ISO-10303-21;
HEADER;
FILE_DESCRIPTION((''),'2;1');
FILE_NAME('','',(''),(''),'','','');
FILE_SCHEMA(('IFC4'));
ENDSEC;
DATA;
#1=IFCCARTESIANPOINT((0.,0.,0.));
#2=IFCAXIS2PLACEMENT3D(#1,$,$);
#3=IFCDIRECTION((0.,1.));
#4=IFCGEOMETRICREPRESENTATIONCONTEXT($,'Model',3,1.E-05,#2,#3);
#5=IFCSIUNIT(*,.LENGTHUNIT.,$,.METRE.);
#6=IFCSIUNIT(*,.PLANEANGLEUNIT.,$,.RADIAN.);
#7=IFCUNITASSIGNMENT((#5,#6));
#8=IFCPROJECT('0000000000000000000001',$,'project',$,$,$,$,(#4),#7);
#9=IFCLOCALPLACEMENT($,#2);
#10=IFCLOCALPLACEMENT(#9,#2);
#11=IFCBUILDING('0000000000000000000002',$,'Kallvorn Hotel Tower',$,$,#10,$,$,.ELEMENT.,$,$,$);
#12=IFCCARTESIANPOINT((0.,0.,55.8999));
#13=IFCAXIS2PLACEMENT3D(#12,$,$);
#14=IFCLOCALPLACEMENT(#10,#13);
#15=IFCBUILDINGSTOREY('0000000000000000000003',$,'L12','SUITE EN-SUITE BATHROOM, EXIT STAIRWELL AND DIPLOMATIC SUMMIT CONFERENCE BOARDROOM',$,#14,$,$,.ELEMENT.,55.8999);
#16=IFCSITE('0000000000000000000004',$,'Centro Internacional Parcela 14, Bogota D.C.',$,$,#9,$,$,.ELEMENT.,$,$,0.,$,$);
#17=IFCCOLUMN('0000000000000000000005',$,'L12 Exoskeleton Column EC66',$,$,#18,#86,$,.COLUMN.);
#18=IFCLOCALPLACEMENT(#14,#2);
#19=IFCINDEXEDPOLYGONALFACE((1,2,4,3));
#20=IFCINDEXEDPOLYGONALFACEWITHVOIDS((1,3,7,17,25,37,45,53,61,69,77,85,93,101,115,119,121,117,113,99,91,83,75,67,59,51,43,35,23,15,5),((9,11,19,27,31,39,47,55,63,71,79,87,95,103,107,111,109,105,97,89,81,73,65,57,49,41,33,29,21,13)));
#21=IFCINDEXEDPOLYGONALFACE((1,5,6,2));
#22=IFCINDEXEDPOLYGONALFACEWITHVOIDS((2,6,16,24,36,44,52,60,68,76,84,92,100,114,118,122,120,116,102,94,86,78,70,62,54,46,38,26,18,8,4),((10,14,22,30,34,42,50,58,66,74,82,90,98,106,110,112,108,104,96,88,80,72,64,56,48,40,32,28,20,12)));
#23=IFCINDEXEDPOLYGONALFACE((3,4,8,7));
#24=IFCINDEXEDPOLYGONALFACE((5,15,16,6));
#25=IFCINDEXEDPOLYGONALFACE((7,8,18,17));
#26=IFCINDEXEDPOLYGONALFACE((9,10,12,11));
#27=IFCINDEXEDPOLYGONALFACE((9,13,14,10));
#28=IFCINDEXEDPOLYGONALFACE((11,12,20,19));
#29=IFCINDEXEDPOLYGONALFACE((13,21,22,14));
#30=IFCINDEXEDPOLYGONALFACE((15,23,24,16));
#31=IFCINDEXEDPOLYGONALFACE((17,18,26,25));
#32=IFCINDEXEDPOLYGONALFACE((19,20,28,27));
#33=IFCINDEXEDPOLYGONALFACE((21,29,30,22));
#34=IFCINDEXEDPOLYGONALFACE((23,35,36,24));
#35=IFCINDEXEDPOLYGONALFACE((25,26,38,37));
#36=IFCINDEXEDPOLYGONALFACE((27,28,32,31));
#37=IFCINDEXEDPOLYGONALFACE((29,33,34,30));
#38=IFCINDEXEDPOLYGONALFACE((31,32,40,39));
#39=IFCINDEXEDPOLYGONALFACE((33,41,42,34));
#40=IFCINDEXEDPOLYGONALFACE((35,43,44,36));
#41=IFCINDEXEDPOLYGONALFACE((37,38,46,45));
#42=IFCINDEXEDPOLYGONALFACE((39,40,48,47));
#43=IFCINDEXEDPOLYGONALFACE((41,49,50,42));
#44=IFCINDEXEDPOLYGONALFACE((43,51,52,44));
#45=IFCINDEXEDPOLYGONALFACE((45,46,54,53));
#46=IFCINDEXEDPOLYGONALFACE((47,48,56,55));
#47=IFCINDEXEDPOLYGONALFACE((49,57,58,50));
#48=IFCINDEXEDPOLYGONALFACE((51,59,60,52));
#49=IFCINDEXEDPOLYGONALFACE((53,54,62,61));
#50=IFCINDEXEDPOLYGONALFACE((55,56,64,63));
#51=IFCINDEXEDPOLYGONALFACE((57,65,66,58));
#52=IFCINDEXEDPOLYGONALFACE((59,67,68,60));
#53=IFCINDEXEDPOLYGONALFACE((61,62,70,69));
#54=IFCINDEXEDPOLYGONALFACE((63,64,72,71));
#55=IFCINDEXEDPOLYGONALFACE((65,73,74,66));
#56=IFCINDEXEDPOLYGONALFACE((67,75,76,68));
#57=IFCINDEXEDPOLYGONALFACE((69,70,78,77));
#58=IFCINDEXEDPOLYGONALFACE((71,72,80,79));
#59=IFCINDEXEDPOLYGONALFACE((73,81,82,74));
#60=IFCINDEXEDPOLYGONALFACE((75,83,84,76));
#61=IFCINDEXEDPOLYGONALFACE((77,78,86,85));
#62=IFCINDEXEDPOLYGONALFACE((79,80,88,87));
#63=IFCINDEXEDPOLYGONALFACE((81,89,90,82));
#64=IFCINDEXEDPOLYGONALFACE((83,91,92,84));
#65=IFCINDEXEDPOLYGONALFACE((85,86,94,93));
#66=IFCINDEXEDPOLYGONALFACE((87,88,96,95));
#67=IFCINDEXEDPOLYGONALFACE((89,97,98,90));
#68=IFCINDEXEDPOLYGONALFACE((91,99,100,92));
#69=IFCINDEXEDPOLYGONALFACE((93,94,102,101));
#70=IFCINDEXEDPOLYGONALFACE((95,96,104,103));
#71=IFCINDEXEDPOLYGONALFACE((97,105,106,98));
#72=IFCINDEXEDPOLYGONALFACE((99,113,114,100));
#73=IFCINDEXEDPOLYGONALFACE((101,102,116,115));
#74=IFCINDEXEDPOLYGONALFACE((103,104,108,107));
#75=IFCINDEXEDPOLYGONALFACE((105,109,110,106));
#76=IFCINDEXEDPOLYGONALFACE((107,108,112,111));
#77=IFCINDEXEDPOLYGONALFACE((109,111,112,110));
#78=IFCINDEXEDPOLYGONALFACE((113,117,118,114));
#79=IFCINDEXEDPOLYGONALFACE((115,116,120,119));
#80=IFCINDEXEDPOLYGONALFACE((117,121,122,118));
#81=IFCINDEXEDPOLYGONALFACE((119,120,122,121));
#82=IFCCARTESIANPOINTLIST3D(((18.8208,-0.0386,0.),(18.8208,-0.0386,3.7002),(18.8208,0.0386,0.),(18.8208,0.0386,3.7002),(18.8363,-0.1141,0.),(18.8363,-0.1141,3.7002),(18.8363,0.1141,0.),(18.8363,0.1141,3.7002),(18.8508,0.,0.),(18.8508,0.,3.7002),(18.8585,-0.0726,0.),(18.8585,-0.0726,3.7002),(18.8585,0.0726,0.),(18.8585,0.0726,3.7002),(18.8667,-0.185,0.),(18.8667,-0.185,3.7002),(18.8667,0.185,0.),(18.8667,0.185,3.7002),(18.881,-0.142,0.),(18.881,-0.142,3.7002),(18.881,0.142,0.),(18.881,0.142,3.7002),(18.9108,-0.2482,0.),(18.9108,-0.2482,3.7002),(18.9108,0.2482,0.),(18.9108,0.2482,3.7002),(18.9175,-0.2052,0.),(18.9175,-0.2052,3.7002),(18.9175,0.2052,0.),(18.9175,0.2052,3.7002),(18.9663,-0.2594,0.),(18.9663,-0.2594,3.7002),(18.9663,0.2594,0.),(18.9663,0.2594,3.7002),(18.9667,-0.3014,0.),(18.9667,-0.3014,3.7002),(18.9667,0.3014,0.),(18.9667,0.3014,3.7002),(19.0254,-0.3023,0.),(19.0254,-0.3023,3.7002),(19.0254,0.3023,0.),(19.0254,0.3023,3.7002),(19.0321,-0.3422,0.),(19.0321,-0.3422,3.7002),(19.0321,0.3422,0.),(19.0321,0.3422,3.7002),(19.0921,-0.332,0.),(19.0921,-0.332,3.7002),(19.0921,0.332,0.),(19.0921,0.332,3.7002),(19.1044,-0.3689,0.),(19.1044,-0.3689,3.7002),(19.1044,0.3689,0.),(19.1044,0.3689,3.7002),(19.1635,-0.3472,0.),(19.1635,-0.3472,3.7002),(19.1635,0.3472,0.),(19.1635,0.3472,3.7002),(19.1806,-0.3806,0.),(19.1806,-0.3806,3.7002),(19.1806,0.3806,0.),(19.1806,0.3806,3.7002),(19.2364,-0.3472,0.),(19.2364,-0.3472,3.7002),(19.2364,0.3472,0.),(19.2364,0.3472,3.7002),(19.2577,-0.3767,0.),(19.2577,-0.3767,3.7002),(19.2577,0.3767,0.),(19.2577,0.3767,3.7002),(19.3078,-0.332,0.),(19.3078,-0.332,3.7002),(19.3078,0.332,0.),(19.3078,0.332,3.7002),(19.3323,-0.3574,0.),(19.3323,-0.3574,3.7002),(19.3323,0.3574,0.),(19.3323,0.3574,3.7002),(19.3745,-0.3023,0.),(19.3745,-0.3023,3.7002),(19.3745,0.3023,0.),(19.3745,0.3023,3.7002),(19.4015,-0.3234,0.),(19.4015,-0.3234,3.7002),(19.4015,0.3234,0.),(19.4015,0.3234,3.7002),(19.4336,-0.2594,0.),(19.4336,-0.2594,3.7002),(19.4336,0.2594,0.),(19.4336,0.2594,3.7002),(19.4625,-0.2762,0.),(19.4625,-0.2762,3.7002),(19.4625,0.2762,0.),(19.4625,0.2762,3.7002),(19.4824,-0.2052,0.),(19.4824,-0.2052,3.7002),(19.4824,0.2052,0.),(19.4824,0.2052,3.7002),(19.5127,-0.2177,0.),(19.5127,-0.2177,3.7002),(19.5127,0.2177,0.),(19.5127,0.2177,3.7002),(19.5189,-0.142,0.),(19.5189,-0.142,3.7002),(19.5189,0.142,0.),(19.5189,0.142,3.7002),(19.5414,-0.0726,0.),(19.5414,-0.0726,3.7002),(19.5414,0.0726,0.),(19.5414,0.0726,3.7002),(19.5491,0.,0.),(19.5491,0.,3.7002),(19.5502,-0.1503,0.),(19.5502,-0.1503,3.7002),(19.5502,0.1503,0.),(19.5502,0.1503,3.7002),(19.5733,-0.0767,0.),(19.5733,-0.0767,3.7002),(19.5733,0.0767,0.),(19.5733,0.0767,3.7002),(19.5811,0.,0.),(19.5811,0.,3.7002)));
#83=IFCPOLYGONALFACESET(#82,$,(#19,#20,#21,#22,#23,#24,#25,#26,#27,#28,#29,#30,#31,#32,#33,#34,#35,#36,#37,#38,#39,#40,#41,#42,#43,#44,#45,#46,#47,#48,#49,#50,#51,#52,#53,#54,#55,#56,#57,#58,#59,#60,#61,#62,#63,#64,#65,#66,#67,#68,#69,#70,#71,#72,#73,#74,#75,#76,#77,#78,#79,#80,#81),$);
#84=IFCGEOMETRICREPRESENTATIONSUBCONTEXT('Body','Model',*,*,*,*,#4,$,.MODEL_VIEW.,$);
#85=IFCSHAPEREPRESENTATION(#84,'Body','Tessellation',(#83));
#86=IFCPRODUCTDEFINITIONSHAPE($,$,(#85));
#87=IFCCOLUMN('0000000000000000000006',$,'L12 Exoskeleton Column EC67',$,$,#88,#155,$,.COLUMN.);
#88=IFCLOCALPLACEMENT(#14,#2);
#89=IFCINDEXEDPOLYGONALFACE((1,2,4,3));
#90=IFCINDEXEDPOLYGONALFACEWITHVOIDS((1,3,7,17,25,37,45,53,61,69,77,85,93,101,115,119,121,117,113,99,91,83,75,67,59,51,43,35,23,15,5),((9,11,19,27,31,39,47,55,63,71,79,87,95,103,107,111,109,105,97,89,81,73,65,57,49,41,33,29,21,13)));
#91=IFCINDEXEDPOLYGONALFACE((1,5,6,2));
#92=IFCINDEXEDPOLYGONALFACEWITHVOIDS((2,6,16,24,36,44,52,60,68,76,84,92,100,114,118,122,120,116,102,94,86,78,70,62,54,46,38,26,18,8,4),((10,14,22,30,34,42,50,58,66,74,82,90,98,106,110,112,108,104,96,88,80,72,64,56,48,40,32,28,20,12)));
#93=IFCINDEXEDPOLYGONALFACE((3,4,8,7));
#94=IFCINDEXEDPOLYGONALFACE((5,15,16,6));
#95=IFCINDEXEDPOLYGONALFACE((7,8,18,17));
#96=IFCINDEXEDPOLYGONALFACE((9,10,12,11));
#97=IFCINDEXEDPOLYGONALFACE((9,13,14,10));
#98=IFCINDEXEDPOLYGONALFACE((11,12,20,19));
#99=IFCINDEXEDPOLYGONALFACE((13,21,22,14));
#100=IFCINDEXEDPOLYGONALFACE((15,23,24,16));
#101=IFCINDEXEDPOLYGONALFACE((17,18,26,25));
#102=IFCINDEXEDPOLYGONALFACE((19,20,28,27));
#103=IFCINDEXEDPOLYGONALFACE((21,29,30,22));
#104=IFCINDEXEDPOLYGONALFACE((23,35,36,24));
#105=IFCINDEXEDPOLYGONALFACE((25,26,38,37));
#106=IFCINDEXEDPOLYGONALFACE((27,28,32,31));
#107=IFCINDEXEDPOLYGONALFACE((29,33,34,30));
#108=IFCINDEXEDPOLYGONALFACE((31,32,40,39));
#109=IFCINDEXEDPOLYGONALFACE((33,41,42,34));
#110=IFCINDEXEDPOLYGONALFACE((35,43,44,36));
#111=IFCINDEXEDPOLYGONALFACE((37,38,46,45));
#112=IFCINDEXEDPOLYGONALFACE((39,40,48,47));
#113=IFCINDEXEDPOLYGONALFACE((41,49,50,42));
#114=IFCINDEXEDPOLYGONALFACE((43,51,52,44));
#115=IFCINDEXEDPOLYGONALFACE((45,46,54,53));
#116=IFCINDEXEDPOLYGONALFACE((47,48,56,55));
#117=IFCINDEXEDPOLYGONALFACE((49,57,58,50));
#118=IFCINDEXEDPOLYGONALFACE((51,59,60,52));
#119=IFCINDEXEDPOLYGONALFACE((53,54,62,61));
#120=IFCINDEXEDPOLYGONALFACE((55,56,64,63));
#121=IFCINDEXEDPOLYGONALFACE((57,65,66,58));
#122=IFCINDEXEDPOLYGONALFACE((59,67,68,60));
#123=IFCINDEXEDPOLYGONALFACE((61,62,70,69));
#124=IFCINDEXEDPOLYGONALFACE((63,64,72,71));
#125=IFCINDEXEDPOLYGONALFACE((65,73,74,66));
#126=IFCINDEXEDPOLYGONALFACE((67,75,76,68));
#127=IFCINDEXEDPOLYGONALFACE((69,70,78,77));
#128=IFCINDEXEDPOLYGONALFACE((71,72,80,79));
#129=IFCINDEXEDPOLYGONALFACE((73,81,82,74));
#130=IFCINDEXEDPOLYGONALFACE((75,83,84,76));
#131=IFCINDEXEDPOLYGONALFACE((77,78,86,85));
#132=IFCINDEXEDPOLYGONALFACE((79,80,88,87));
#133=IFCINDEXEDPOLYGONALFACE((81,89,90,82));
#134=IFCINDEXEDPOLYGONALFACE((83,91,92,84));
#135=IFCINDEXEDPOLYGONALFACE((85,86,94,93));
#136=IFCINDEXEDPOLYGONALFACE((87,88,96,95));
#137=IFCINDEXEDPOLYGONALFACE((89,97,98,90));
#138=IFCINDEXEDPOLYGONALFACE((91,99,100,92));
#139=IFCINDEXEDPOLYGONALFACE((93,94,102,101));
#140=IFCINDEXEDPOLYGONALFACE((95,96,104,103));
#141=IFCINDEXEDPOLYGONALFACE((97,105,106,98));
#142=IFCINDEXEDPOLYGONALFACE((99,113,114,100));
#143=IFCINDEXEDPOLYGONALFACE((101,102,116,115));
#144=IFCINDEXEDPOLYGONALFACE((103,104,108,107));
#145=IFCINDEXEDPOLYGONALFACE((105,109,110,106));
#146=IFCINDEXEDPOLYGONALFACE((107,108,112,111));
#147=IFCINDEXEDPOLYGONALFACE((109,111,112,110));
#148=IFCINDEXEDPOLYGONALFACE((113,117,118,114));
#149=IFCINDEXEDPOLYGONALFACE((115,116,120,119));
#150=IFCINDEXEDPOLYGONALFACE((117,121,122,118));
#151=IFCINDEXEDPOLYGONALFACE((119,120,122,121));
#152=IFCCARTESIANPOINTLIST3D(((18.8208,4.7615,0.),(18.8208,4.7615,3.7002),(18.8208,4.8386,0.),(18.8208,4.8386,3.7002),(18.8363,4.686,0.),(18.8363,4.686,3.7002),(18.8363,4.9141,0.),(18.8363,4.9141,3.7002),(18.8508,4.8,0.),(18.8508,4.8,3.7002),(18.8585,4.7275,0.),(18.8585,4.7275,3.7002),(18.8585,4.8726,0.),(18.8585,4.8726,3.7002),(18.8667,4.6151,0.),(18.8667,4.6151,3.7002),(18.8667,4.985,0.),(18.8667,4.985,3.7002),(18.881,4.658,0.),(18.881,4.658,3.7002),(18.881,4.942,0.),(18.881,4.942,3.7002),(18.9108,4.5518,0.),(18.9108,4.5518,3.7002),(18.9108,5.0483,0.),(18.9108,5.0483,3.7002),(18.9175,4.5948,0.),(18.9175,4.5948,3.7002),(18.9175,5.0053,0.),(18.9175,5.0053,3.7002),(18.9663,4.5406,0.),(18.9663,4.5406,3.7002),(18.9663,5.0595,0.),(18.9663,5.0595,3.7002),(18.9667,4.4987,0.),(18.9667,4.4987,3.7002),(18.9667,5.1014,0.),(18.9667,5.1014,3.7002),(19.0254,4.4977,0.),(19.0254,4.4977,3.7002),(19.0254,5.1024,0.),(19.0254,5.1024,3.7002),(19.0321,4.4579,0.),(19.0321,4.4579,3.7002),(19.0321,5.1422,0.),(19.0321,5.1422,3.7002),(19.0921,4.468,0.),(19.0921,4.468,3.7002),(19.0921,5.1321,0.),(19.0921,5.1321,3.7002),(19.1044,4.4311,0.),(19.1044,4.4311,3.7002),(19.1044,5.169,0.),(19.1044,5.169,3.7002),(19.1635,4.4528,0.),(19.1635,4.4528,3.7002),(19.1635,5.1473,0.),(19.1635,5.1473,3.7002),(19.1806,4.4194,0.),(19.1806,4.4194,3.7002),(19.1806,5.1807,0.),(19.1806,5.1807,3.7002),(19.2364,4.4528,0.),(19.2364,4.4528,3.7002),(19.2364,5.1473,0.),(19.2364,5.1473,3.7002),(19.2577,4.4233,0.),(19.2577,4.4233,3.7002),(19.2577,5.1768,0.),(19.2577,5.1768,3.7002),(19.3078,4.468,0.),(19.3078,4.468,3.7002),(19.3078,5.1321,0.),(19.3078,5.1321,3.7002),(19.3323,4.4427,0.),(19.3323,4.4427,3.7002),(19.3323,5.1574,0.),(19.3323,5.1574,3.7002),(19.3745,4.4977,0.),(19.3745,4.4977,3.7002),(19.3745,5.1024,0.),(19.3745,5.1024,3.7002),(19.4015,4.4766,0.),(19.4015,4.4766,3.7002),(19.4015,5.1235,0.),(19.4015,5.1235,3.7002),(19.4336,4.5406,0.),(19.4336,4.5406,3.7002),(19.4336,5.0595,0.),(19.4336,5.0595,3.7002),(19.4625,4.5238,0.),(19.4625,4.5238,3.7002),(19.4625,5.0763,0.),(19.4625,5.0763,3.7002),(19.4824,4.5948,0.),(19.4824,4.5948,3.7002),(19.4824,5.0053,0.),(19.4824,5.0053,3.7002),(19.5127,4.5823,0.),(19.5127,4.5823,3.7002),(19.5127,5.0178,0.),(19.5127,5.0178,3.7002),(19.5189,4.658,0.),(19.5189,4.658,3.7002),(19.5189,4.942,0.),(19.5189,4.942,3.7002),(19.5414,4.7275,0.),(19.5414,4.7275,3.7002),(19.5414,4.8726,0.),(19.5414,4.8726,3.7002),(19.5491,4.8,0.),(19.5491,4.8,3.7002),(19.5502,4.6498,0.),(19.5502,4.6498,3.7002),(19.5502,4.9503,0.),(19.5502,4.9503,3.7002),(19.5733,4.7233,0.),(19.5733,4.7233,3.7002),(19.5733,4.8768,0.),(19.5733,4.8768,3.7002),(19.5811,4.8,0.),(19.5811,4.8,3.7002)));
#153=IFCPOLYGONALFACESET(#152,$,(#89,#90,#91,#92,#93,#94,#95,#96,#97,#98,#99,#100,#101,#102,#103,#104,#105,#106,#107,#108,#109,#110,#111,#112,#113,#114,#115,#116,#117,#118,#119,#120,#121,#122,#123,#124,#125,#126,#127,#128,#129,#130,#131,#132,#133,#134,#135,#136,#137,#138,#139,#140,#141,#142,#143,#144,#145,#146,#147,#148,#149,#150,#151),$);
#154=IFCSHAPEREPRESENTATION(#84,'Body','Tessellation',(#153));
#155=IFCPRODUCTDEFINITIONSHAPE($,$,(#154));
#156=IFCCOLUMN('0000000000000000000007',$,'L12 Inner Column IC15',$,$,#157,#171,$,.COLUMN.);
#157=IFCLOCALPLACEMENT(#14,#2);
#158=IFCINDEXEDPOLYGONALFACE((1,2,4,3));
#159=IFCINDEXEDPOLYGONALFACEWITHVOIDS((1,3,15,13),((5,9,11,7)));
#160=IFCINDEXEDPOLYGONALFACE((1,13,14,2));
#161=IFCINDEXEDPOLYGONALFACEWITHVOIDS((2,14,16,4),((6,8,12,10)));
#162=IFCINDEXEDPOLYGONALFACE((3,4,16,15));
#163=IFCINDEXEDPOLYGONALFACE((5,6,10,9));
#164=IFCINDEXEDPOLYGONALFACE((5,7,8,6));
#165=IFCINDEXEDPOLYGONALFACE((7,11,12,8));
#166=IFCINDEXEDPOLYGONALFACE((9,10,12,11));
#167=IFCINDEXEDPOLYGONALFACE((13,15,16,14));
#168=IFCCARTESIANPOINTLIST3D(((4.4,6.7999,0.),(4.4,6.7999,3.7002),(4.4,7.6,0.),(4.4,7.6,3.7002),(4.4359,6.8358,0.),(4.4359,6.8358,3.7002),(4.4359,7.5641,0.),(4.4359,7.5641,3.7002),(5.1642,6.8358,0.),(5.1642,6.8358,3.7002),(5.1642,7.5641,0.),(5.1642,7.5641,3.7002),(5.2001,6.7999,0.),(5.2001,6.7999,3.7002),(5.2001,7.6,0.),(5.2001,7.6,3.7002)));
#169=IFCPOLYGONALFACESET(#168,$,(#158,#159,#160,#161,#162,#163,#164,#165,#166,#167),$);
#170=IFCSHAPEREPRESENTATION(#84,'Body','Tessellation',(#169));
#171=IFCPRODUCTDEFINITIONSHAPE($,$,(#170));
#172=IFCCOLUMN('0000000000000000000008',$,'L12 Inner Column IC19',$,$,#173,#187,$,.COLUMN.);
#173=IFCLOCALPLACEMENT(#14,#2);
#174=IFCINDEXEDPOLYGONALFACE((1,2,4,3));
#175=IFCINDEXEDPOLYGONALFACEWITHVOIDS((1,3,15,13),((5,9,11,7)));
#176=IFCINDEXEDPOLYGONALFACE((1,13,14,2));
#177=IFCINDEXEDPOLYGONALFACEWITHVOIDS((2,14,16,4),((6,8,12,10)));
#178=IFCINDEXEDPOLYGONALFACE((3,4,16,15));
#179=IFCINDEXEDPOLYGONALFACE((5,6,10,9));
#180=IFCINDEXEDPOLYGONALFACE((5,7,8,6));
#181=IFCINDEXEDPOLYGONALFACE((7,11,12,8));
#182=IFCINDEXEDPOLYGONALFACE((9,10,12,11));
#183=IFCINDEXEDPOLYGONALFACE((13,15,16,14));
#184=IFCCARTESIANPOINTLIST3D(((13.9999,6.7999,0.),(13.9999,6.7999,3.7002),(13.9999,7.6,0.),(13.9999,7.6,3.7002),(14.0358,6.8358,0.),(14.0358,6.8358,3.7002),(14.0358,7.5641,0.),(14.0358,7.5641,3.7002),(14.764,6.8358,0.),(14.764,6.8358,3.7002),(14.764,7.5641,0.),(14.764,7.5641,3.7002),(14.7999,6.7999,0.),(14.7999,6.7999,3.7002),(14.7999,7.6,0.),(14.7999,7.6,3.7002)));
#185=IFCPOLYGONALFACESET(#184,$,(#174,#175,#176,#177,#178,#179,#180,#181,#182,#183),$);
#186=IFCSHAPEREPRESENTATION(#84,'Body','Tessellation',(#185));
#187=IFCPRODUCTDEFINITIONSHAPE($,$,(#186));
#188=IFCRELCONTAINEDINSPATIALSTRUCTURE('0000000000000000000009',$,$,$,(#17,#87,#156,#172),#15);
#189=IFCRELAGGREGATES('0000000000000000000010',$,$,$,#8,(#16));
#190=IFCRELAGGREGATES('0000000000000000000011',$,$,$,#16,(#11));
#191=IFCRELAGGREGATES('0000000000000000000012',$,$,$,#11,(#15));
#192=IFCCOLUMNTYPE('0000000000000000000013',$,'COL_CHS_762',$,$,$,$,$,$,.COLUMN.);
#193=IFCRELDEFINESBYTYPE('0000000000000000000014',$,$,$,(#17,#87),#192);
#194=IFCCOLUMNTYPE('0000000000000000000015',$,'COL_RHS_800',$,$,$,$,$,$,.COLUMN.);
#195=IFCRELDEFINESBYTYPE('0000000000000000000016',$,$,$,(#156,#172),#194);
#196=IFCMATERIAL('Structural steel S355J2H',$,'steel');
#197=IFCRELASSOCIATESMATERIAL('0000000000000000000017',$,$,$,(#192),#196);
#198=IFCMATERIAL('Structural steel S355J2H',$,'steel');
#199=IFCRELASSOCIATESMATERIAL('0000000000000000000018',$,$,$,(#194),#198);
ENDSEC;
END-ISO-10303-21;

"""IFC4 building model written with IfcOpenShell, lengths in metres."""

from ifc_helpers import new_model, si_unit, direction, frame, origin, origin_2d, place, context, subcontext, project, spatial, hollow_rectangle, hollow_circle, extrude, material, material_profile, profile_set, type_object, element, save


model = new_model("IFC4")

# Units and contexts
model_context = context("Model", 3, precision=1e-05, world=origin(), true_north=direction((0.0, 1.0)))
body_context = subcontext(model_context, "Body", "Model", "MODEL_VIEW")
ifc_project = project(units=[si_unit("LENGTHUNIT", "METRE"), si_unit("PLANEANGLEUNIT", "RADIAN")], contexts=[model_context])

# Site, building, storey
site_placement = place(None, origin())
site = spatial("IfcSite", under=ifc_project, at=site_placement, Name="Centro Internacional Parcela 14, Bogota D.C.", CompositionType="ELEMENT", RefElevation=0.0)
building_placement = place(site_placement, origin())
building = spatial("IfcBuilding", under=site, at=building_placement, Name="Kallvorn Hotel Tower", CompositionType="ELEMENT")
storey_placement = place(building_placement, frame((0.0, 0.0, 55.8999)))
storey = spatial("IfcBuildingStorey", under=building, at=storey_placement, Name="L12", Description="SUITE EN-SUITE BATHROOM, EXIT STAIRWELL AND DIPLOMATIC SUMMIT CONFERENCE BOARDROOM", CompositionType="ELEMENT", Elevation=55.8999)

# Columns
ifc_material_1 = material(Name="Structural steel S355J2H", Category="steel")
ifc_material_profile_1 = material_profile(ifc_material_1, hollow_circle(Radius=0.3811, WallThickness=0.032, at=origin_2d()), Name="CHS 762x32")
ifc_profile_set_1 = profile_set([ifc_material_profile_1], Name="Structural steel S355J2H")
column_type_1 = type_object("IfcColumnType", Name="COL_CHS_762", PredefinedType="COLUMN", material=ifc_profile_set_1)
for number, where, z_axis, x_axis, name in (
    (1, (19.2, 0.0, 0.0), (0.0, 0.0, 1.0), (1.0, 0.0, 0.0), "L12 Exoskeleton Column EC66"),
    (2, (19.2, 4.8, 0.0), (0.0, 0.0, 1.0), (1.0, 0.0, 0.0), "L12 Exoskeleton Column EC67"),
):
    element("IfcColumn", number, at=place(storey_placement, frame(where, z_axis=z_axis, x_axis=x_axis)), inside=storey, type_object=column_type_1, Name=name, PredefinedType="COLUMN", context=body_context, shape_type="SweptSolid", body=[
        extrude(hollow_circle(Radius=0.3811, WallThickness=0.032, at=origin_2d()), origin(), (0.0, 0.0, 1.0), 3.7002),
    ])
ifc_material_2 = material(Name="Structural steel S355J2H", Category="steel")
ifc_material_profile_2 = material_profile(ifc_material_2, hollow_rectangle(XDim=0.8, YDim=0.8, WallThickness=0.0359, at=origin_2d()), Name="RHS 800x800x36")
ifc_profile_set_2 = profile_set([ifc_material_profile_2], Name="Structural steel S355J2H")
column_type_2 = type_object("IfcColumnType", Name="COL_RHS_800", PredefinedType="COLUMN", material=ifc_profile_set_2)
for number, where, z_axis, x_axis, name in (
    (3, (4.8, 7.2, 0.0), (0.0, 0.0, 1.0), (1.0, 0.0, 0.0), "L12 Inner Column IC15"),
    (4, (14.3999, 7.2, 0.0), (0.0, 0.0, 1.0), (1.0, 0.0, 0.0), "L12 Inner Column IC19"),
):
    element("IfcColumn", number, at=place(storey_placement, frame(where, z_axis=z_axis, x_axis=x_axis)), inside=storey, type_object=column_type_2, Name=name, PredefinedType="COLUMN", context=body_context, shape_type="SweptSolid", body=[
        extrude(hollow_rectangle(XDim=0.8, YDim=0.8, WallThickness=0.0359, at=origin_2d()), origin(), (0.0, 0.0, 1.0), 3.7002),
    ])

save(model, "model.ifc")
